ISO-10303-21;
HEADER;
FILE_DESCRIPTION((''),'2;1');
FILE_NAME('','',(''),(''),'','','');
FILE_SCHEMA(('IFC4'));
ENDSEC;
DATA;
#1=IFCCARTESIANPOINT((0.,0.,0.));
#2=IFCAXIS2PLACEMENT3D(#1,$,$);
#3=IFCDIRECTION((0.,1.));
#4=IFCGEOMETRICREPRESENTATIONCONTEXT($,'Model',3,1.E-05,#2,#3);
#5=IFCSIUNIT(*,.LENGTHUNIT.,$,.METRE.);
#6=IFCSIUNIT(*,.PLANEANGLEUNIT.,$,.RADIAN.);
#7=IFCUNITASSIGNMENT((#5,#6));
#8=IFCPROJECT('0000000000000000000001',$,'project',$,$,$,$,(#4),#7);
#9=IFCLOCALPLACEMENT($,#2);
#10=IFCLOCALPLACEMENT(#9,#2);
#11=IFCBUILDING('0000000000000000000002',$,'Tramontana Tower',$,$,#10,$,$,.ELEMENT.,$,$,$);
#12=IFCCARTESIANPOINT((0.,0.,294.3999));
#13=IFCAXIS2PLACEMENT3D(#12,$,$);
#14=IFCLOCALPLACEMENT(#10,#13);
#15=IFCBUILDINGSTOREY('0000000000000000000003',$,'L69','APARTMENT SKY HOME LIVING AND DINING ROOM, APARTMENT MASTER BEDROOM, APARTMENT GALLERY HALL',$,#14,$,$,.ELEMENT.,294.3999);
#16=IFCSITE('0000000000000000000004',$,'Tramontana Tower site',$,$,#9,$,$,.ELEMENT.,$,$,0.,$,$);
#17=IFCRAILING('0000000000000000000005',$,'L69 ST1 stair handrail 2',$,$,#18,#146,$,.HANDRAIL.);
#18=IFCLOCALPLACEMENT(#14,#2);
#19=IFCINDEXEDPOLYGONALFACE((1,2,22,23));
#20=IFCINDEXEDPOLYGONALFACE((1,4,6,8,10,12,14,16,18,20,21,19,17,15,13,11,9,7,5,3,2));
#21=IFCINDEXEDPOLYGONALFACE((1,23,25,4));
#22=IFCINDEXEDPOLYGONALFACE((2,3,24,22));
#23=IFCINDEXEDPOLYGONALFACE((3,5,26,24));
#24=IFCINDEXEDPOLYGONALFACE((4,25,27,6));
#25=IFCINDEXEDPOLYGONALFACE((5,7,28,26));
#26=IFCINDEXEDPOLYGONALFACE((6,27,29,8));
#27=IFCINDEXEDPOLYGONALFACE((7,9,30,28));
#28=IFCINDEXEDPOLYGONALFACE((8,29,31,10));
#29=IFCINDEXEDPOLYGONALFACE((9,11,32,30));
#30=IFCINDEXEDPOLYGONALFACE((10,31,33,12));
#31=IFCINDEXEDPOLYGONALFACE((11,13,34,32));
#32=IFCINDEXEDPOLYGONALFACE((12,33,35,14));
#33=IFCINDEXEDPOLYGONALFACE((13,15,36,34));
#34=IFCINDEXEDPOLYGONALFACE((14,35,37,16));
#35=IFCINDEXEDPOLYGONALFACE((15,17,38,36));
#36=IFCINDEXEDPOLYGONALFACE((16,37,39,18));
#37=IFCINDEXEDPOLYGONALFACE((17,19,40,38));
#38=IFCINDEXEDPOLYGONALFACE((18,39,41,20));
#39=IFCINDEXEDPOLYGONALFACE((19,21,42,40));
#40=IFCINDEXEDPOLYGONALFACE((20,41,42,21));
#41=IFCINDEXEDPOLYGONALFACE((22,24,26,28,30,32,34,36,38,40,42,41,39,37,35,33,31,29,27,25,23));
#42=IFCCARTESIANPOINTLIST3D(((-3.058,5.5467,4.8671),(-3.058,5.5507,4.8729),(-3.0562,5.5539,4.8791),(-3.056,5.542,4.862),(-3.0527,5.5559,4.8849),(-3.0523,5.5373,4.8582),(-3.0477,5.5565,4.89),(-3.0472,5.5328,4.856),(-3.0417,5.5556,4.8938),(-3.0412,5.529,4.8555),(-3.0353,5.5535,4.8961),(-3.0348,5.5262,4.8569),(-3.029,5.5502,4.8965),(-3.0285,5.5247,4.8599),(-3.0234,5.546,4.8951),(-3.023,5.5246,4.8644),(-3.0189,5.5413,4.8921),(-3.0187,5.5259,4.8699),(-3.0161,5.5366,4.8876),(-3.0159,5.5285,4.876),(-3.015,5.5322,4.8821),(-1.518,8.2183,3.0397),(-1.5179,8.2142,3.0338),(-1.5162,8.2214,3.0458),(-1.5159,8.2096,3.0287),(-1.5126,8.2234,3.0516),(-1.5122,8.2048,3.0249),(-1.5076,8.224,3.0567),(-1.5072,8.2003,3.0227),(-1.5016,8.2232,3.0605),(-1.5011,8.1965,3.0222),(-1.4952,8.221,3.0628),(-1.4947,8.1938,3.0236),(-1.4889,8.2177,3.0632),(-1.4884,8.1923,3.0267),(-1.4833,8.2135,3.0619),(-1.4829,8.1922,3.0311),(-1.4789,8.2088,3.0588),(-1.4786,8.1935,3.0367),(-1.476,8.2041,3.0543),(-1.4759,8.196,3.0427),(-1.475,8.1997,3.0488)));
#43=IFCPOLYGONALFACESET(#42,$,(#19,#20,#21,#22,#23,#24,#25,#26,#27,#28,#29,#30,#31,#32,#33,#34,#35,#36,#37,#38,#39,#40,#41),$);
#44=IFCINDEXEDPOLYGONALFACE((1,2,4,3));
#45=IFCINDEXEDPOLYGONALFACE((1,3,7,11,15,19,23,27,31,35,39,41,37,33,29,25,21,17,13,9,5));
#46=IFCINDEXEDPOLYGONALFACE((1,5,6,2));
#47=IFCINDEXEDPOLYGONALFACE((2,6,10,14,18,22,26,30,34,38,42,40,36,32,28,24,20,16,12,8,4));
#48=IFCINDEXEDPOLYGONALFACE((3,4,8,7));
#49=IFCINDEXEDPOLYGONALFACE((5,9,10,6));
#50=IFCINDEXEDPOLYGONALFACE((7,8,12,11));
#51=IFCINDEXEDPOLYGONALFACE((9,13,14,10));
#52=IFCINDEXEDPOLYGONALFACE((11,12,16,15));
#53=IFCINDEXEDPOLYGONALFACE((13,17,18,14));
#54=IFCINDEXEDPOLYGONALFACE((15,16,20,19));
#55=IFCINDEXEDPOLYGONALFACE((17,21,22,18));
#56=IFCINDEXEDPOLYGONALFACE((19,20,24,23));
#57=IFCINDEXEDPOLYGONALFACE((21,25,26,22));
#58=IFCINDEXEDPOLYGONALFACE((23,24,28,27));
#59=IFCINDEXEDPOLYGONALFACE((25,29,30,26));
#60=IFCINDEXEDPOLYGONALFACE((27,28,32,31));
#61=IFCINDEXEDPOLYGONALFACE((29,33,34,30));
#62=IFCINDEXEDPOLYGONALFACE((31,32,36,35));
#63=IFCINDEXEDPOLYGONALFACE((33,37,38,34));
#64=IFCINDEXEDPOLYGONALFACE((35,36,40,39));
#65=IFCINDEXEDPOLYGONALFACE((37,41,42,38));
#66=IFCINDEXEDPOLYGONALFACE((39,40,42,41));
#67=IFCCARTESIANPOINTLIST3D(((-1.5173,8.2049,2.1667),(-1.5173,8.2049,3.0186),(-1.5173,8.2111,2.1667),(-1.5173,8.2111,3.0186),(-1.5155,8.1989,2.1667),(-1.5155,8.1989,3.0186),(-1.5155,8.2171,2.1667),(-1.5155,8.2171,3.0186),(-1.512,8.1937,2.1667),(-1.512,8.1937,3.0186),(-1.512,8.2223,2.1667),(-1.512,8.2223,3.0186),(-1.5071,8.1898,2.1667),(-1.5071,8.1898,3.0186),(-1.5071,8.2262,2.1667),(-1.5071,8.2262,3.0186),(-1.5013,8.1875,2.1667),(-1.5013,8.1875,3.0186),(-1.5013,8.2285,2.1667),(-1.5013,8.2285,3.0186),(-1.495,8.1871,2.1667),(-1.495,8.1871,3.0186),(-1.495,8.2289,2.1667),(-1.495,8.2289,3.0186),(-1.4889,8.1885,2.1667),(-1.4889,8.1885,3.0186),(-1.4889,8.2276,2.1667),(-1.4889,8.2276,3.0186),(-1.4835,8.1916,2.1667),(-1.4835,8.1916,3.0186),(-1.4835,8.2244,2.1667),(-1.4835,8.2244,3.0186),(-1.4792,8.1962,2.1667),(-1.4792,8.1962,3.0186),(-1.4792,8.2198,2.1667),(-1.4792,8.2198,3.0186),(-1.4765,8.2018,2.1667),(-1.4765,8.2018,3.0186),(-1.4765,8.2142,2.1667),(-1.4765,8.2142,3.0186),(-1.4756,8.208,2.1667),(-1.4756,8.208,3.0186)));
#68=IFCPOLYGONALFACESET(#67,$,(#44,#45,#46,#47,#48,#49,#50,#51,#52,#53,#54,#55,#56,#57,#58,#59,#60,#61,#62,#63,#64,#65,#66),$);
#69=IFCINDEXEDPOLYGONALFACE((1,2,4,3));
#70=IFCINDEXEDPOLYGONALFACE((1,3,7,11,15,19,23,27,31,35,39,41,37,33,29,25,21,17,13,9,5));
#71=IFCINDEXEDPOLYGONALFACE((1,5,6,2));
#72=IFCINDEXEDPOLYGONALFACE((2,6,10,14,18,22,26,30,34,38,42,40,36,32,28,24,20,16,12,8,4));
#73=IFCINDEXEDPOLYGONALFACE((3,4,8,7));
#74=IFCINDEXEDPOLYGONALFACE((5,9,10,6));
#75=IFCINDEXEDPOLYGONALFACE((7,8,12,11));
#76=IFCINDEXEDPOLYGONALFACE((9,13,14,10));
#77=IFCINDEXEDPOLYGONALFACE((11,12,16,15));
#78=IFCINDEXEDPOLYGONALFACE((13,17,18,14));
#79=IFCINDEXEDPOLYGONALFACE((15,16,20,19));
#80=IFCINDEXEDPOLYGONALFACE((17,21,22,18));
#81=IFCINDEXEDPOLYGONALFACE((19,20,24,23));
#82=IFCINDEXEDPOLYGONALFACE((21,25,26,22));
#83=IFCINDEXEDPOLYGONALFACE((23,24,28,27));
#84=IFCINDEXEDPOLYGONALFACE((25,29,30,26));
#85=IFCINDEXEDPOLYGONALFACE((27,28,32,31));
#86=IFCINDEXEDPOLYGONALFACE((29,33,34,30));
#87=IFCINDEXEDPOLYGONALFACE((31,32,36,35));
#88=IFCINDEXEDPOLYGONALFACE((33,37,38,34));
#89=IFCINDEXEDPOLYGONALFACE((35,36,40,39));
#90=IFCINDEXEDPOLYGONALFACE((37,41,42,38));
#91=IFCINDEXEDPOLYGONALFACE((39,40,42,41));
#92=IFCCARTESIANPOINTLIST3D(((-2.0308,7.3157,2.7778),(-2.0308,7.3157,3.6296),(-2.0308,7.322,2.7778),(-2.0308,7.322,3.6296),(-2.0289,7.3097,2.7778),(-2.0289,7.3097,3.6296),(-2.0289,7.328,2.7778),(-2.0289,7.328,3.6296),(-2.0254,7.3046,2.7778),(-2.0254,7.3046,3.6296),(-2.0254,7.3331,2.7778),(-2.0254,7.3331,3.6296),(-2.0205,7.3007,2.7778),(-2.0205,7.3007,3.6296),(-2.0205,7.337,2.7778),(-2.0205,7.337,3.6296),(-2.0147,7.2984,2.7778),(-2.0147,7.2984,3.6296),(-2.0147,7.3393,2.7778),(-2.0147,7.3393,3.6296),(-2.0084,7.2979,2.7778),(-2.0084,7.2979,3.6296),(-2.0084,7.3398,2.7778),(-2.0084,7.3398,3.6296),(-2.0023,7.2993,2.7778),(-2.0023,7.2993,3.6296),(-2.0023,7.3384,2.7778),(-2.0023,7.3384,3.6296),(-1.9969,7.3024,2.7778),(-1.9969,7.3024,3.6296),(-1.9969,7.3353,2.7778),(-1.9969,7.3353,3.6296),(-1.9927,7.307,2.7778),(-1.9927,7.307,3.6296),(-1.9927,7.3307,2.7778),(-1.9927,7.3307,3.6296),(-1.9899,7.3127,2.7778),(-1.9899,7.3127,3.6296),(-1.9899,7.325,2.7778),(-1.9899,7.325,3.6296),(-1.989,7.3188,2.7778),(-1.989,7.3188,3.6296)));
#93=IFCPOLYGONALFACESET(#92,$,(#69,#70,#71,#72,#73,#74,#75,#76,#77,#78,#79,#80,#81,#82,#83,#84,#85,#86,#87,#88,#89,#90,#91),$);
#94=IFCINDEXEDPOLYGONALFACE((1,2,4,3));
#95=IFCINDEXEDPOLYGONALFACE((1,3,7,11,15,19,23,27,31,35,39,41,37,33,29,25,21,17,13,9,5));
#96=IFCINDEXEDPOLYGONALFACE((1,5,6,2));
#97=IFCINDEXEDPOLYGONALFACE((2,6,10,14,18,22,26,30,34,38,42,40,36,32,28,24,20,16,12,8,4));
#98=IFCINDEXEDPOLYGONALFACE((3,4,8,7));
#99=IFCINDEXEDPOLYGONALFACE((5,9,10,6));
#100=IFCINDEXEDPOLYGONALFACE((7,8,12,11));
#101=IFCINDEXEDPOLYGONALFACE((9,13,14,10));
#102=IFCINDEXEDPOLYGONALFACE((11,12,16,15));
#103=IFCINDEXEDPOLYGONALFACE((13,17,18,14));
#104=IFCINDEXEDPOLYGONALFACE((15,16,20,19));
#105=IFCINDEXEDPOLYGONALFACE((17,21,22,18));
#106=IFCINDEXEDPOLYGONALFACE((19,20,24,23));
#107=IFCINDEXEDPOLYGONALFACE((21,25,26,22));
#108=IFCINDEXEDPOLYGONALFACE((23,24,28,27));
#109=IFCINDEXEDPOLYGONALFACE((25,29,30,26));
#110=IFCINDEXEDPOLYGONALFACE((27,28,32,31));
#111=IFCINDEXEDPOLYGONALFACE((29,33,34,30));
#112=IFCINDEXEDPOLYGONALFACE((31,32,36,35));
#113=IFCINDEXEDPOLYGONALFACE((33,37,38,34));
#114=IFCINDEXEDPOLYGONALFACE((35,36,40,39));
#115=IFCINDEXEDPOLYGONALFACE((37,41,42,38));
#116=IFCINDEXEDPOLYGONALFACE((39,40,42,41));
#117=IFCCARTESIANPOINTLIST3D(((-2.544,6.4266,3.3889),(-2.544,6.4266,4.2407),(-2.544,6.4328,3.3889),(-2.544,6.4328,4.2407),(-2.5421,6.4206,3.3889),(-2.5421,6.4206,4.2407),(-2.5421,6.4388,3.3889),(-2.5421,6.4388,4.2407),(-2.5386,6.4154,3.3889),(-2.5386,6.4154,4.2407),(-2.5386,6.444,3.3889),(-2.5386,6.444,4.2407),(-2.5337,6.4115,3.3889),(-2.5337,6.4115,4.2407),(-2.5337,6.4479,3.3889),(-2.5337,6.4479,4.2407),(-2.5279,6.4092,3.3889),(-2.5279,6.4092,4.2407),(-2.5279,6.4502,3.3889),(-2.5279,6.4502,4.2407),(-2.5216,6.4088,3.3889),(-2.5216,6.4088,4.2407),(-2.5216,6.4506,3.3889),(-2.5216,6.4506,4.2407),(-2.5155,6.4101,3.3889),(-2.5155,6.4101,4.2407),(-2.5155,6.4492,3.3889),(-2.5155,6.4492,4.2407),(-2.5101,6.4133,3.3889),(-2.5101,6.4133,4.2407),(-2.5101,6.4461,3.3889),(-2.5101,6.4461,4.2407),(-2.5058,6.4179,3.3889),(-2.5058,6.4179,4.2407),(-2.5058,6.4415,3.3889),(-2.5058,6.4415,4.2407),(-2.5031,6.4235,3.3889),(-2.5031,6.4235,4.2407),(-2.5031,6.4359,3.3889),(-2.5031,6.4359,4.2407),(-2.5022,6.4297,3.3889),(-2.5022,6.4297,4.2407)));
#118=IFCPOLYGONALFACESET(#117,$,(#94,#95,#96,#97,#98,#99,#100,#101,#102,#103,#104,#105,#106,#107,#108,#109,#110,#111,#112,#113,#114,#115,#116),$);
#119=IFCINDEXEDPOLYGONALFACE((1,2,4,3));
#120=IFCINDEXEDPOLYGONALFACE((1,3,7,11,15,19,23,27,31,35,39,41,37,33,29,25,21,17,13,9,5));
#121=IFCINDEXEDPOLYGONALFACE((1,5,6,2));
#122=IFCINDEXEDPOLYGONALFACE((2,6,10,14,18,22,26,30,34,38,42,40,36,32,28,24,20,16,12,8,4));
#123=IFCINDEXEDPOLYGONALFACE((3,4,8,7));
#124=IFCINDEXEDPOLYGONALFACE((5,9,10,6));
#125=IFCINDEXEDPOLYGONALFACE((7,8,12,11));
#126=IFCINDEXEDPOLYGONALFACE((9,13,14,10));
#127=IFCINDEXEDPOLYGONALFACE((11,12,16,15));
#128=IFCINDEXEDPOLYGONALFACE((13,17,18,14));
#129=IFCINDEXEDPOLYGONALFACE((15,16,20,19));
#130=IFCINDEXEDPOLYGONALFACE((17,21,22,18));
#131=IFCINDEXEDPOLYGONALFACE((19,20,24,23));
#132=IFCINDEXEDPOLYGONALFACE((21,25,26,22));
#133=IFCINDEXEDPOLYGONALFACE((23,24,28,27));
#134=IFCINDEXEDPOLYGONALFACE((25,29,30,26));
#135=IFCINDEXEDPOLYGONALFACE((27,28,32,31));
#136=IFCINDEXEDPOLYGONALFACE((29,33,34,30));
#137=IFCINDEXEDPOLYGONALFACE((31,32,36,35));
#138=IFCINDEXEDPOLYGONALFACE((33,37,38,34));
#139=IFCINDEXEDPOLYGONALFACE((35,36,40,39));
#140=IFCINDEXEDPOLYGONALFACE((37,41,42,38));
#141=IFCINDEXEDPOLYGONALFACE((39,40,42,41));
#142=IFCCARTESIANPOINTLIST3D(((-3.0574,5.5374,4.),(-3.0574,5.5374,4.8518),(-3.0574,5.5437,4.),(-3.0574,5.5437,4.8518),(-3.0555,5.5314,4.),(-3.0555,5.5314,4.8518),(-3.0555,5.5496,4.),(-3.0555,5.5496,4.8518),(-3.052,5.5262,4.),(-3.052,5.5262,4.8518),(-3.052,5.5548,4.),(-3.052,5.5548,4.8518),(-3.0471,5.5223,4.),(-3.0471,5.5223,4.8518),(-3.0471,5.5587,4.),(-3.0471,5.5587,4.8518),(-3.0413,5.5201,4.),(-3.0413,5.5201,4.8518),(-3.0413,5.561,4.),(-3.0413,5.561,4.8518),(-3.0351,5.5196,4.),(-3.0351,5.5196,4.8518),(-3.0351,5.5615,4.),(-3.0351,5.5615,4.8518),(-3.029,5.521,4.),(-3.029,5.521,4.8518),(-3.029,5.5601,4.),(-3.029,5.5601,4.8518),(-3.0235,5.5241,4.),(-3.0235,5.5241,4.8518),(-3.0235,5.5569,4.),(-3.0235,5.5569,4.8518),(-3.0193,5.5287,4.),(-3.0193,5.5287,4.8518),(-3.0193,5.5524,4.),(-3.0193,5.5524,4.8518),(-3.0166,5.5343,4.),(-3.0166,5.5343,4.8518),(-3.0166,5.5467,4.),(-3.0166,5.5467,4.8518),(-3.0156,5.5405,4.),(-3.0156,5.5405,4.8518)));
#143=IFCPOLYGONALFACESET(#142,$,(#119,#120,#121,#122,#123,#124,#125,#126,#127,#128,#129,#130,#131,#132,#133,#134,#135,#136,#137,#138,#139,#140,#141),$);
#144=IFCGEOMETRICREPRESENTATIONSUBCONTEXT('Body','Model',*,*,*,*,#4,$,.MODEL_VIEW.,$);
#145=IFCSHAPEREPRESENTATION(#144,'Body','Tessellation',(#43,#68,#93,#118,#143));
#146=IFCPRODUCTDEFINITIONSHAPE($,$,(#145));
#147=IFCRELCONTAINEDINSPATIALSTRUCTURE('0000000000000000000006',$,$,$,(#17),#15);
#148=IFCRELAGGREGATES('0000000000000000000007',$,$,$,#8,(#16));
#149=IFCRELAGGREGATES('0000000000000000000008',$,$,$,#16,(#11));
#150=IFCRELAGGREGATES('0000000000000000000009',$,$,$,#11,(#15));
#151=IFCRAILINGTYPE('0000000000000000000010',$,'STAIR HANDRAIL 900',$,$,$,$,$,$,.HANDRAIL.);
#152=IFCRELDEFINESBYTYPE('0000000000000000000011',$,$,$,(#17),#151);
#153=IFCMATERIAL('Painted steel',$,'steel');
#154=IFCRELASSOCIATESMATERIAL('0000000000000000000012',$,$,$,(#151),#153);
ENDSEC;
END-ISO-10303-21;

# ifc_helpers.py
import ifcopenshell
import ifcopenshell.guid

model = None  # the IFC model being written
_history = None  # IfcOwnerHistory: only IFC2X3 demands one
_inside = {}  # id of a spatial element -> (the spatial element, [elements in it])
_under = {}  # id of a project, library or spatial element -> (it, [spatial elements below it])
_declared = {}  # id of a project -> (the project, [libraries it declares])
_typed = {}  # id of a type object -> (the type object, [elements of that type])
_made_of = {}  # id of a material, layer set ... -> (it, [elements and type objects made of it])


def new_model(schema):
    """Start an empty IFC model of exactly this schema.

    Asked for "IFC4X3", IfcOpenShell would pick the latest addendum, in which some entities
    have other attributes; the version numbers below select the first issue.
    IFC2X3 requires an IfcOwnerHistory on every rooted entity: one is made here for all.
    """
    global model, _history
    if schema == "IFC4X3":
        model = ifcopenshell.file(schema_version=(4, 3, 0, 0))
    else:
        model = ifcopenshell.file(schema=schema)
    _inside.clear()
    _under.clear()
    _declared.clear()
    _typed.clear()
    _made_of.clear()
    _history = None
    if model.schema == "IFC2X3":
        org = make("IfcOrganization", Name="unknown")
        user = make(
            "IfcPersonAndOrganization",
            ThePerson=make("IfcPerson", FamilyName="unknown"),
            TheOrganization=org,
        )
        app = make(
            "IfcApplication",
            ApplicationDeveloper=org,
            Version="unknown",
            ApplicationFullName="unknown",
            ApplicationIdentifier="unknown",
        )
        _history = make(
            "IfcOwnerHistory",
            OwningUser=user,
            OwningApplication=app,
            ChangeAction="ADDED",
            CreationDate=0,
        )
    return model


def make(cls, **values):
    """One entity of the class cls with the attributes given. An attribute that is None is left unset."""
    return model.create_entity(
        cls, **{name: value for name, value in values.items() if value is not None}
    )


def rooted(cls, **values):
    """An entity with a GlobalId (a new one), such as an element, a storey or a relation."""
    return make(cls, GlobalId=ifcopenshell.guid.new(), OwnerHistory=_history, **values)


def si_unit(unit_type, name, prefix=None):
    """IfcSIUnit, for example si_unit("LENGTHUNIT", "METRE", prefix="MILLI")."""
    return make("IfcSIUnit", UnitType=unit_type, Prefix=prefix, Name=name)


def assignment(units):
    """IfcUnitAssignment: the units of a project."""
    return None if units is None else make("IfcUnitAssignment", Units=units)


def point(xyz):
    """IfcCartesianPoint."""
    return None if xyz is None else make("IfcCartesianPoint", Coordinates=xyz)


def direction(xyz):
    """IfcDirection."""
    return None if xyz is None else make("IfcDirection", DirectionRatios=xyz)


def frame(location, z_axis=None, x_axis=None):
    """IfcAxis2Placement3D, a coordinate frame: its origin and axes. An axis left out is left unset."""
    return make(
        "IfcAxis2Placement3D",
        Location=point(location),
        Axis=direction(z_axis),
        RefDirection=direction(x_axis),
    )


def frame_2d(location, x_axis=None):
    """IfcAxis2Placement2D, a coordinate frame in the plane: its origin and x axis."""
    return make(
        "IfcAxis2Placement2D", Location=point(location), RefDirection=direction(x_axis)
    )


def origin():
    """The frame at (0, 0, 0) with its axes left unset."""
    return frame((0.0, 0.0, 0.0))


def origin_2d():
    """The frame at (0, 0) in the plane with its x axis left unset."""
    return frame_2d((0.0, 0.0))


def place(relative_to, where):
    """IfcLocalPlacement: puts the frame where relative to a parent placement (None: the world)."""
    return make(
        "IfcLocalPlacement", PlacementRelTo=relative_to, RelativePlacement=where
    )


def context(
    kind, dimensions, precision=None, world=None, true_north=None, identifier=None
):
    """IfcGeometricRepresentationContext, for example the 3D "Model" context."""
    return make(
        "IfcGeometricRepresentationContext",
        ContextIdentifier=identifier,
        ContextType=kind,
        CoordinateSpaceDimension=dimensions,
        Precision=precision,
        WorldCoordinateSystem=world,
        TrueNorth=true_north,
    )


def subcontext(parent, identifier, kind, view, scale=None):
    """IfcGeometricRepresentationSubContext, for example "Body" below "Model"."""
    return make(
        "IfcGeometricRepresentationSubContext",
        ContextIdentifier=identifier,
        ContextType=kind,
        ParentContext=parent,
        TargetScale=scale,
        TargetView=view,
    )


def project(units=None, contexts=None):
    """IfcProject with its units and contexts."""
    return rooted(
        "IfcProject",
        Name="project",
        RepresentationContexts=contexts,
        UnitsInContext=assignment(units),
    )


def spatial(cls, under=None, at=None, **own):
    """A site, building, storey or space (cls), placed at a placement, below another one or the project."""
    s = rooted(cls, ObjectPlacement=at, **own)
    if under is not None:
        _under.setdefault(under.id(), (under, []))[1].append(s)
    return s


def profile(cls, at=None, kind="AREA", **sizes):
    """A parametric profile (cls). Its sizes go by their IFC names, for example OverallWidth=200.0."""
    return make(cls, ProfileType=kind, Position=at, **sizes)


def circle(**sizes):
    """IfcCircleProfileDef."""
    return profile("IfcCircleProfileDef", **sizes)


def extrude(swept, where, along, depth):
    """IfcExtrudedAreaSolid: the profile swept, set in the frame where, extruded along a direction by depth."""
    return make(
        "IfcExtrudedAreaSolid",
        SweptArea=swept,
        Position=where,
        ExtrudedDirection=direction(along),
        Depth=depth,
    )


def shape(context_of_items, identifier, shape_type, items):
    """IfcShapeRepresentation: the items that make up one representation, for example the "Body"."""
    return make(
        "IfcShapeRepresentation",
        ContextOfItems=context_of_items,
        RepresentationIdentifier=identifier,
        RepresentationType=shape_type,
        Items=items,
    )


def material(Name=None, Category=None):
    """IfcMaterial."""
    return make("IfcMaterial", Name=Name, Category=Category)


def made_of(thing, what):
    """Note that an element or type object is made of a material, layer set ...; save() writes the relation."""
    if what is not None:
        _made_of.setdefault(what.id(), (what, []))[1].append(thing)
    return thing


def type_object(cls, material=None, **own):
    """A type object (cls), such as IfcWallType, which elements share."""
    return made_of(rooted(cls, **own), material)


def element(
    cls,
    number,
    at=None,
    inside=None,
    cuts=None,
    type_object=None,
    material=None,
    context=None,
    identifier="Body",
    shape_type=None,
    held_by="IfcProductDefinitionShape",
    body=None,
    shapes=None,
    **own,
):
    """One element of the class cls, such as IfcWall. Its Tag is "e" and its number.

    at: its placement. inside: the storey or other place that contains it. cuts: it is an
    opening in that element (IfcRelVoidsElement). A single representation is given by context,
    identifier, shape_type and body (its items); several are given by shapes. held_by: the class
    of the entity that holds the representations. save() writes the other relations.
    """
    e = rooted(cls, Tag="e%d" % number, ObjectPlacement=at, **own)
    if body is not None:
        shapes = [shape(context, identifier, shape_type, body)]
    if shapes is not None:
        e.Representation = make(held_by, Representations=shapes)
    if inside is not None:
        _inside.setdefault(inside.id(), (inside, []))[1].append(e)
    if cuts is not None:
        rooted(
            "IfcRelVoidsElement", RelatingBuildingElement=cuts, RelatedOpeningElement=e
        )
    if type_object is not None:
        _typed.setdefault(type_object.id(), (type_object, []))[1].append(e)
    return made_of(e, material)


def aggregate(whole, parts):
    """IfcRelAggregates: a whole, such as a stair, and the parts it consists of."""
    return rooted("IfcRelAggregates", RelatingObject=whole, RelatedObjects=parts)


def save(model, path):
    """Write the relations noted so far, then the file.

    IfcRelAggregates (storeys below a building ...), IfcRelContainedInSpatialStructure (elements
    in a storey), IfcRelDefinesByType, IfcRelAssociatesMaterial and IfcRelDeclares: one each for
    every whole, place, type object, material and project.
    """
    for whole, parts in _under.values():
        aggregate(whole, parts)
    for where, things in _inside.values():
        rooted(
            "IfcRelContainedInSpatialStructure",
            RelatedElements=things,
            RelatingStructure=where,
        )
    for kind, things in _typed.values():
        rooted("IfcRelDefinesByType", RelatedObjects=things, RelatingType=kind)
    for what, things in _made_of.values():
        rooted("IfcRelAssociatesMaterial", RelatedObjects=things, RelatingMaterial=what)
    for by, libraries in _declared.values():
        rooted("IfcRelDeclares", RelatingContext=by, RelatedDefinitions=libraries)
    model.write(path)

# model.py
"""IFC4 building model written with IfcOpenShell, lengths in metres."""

from ifc_helpers import new_model, si_unit, direction, frame, origin, origin_2d, place, context, subcontext, project, spatial, circle, extrude, material, type_object, element, save


model = new_model("IFC4")

# Units and contexts
model_context = context("Model", 3, precision=1e-05, world=origin(), true_north=direction((0.0, 1.0)))
body_context = subcontext(model_context, "Body", "Model", "MODEL_VIEW")
ifc_project = project(units=[si_unit("LENGTHUNIT", "METRE"), si_unit("PLANEANGLEUNIT", "RADIAN")], contexts=[model_context])

# Site, building, storey
site_placement = place(None, origin())
site = spatial("IfcSite", under=ifc_project, at=site_placement, Name="Tramontana Tower site", CompositionType="ELEMENT", RefElevation=0.0)
building_placement = place(site_placement, origin())
building = spatial("IfcBuilding", under=site, at=building_placement, Name="Tramontana Tower", CompositionType="ELEMENT")
storey_placement = place(building_placement, frame((0.0, 0.0, 294.3999)))
storey = spatial("IfcBuildingStorey", under=building, at=storey_placement, Name="L69", Description="APARTMENT SKY HOME LIVING AND DINING ROOM, APARTMENT MASTER BEDROOM, APARTMENT GALLERY HALL", CompositionType="ELEMENT", Elevation=294.3999)

# Railing
ifc_material_1 = material(Name="Painted steel", Category="steel")
railing_type_1 = type_object("IfcRailingType", Name="STAIR HANDRAIL 900", PredefinedType="HANDRAIL", material=ifc_material_1)
railing_1_placement = place(storey_placement, frame((-1.4966, 8.208, 2.1667)))
element("IfcRailing", 1, at=railing_1_placement, inside=storey, type_object=railing_type_1, Name="L69 ST1 stair handrail 2", PredefinedType="HANDRAIL", context=body_context, shape_type="SweptSolid", body=[
    extrude(circle(Radius=0.0239, at=origin_2d()), frame((0.0, 0.0, 0.876), z_axis=(-0.429649, -0.74419, 0.511452), x_axis=(0.86603, -0.499992, 0.0)), (0.0, 0.0, 1.0), 3.5845),
    extrude(circle(Radius=0.021, at=origin_2d()), origin(), (0.0, 0.0, 1.0), 0.8518),
    extrude(circle(Radius=0.021, at=origin_2d()), frame((-0.5134, -0.8892, 0.6111)), (0.0, 0.0, 1.0), 0.8518),
    extrude(circle(Radius=0.021, at=origin_2d()), frame((-1.0266, -1.7783, 1.2222)), (0.0, 0.0, 1.0), 0.8518),
    extrude(circle(Radius=0.021, at=origin_2d()), frame((-1.54, -2.6675, 1.8333)), (0.0, 0.0, 1.0), 0.8518),
])

save(model, "model.ifc")
